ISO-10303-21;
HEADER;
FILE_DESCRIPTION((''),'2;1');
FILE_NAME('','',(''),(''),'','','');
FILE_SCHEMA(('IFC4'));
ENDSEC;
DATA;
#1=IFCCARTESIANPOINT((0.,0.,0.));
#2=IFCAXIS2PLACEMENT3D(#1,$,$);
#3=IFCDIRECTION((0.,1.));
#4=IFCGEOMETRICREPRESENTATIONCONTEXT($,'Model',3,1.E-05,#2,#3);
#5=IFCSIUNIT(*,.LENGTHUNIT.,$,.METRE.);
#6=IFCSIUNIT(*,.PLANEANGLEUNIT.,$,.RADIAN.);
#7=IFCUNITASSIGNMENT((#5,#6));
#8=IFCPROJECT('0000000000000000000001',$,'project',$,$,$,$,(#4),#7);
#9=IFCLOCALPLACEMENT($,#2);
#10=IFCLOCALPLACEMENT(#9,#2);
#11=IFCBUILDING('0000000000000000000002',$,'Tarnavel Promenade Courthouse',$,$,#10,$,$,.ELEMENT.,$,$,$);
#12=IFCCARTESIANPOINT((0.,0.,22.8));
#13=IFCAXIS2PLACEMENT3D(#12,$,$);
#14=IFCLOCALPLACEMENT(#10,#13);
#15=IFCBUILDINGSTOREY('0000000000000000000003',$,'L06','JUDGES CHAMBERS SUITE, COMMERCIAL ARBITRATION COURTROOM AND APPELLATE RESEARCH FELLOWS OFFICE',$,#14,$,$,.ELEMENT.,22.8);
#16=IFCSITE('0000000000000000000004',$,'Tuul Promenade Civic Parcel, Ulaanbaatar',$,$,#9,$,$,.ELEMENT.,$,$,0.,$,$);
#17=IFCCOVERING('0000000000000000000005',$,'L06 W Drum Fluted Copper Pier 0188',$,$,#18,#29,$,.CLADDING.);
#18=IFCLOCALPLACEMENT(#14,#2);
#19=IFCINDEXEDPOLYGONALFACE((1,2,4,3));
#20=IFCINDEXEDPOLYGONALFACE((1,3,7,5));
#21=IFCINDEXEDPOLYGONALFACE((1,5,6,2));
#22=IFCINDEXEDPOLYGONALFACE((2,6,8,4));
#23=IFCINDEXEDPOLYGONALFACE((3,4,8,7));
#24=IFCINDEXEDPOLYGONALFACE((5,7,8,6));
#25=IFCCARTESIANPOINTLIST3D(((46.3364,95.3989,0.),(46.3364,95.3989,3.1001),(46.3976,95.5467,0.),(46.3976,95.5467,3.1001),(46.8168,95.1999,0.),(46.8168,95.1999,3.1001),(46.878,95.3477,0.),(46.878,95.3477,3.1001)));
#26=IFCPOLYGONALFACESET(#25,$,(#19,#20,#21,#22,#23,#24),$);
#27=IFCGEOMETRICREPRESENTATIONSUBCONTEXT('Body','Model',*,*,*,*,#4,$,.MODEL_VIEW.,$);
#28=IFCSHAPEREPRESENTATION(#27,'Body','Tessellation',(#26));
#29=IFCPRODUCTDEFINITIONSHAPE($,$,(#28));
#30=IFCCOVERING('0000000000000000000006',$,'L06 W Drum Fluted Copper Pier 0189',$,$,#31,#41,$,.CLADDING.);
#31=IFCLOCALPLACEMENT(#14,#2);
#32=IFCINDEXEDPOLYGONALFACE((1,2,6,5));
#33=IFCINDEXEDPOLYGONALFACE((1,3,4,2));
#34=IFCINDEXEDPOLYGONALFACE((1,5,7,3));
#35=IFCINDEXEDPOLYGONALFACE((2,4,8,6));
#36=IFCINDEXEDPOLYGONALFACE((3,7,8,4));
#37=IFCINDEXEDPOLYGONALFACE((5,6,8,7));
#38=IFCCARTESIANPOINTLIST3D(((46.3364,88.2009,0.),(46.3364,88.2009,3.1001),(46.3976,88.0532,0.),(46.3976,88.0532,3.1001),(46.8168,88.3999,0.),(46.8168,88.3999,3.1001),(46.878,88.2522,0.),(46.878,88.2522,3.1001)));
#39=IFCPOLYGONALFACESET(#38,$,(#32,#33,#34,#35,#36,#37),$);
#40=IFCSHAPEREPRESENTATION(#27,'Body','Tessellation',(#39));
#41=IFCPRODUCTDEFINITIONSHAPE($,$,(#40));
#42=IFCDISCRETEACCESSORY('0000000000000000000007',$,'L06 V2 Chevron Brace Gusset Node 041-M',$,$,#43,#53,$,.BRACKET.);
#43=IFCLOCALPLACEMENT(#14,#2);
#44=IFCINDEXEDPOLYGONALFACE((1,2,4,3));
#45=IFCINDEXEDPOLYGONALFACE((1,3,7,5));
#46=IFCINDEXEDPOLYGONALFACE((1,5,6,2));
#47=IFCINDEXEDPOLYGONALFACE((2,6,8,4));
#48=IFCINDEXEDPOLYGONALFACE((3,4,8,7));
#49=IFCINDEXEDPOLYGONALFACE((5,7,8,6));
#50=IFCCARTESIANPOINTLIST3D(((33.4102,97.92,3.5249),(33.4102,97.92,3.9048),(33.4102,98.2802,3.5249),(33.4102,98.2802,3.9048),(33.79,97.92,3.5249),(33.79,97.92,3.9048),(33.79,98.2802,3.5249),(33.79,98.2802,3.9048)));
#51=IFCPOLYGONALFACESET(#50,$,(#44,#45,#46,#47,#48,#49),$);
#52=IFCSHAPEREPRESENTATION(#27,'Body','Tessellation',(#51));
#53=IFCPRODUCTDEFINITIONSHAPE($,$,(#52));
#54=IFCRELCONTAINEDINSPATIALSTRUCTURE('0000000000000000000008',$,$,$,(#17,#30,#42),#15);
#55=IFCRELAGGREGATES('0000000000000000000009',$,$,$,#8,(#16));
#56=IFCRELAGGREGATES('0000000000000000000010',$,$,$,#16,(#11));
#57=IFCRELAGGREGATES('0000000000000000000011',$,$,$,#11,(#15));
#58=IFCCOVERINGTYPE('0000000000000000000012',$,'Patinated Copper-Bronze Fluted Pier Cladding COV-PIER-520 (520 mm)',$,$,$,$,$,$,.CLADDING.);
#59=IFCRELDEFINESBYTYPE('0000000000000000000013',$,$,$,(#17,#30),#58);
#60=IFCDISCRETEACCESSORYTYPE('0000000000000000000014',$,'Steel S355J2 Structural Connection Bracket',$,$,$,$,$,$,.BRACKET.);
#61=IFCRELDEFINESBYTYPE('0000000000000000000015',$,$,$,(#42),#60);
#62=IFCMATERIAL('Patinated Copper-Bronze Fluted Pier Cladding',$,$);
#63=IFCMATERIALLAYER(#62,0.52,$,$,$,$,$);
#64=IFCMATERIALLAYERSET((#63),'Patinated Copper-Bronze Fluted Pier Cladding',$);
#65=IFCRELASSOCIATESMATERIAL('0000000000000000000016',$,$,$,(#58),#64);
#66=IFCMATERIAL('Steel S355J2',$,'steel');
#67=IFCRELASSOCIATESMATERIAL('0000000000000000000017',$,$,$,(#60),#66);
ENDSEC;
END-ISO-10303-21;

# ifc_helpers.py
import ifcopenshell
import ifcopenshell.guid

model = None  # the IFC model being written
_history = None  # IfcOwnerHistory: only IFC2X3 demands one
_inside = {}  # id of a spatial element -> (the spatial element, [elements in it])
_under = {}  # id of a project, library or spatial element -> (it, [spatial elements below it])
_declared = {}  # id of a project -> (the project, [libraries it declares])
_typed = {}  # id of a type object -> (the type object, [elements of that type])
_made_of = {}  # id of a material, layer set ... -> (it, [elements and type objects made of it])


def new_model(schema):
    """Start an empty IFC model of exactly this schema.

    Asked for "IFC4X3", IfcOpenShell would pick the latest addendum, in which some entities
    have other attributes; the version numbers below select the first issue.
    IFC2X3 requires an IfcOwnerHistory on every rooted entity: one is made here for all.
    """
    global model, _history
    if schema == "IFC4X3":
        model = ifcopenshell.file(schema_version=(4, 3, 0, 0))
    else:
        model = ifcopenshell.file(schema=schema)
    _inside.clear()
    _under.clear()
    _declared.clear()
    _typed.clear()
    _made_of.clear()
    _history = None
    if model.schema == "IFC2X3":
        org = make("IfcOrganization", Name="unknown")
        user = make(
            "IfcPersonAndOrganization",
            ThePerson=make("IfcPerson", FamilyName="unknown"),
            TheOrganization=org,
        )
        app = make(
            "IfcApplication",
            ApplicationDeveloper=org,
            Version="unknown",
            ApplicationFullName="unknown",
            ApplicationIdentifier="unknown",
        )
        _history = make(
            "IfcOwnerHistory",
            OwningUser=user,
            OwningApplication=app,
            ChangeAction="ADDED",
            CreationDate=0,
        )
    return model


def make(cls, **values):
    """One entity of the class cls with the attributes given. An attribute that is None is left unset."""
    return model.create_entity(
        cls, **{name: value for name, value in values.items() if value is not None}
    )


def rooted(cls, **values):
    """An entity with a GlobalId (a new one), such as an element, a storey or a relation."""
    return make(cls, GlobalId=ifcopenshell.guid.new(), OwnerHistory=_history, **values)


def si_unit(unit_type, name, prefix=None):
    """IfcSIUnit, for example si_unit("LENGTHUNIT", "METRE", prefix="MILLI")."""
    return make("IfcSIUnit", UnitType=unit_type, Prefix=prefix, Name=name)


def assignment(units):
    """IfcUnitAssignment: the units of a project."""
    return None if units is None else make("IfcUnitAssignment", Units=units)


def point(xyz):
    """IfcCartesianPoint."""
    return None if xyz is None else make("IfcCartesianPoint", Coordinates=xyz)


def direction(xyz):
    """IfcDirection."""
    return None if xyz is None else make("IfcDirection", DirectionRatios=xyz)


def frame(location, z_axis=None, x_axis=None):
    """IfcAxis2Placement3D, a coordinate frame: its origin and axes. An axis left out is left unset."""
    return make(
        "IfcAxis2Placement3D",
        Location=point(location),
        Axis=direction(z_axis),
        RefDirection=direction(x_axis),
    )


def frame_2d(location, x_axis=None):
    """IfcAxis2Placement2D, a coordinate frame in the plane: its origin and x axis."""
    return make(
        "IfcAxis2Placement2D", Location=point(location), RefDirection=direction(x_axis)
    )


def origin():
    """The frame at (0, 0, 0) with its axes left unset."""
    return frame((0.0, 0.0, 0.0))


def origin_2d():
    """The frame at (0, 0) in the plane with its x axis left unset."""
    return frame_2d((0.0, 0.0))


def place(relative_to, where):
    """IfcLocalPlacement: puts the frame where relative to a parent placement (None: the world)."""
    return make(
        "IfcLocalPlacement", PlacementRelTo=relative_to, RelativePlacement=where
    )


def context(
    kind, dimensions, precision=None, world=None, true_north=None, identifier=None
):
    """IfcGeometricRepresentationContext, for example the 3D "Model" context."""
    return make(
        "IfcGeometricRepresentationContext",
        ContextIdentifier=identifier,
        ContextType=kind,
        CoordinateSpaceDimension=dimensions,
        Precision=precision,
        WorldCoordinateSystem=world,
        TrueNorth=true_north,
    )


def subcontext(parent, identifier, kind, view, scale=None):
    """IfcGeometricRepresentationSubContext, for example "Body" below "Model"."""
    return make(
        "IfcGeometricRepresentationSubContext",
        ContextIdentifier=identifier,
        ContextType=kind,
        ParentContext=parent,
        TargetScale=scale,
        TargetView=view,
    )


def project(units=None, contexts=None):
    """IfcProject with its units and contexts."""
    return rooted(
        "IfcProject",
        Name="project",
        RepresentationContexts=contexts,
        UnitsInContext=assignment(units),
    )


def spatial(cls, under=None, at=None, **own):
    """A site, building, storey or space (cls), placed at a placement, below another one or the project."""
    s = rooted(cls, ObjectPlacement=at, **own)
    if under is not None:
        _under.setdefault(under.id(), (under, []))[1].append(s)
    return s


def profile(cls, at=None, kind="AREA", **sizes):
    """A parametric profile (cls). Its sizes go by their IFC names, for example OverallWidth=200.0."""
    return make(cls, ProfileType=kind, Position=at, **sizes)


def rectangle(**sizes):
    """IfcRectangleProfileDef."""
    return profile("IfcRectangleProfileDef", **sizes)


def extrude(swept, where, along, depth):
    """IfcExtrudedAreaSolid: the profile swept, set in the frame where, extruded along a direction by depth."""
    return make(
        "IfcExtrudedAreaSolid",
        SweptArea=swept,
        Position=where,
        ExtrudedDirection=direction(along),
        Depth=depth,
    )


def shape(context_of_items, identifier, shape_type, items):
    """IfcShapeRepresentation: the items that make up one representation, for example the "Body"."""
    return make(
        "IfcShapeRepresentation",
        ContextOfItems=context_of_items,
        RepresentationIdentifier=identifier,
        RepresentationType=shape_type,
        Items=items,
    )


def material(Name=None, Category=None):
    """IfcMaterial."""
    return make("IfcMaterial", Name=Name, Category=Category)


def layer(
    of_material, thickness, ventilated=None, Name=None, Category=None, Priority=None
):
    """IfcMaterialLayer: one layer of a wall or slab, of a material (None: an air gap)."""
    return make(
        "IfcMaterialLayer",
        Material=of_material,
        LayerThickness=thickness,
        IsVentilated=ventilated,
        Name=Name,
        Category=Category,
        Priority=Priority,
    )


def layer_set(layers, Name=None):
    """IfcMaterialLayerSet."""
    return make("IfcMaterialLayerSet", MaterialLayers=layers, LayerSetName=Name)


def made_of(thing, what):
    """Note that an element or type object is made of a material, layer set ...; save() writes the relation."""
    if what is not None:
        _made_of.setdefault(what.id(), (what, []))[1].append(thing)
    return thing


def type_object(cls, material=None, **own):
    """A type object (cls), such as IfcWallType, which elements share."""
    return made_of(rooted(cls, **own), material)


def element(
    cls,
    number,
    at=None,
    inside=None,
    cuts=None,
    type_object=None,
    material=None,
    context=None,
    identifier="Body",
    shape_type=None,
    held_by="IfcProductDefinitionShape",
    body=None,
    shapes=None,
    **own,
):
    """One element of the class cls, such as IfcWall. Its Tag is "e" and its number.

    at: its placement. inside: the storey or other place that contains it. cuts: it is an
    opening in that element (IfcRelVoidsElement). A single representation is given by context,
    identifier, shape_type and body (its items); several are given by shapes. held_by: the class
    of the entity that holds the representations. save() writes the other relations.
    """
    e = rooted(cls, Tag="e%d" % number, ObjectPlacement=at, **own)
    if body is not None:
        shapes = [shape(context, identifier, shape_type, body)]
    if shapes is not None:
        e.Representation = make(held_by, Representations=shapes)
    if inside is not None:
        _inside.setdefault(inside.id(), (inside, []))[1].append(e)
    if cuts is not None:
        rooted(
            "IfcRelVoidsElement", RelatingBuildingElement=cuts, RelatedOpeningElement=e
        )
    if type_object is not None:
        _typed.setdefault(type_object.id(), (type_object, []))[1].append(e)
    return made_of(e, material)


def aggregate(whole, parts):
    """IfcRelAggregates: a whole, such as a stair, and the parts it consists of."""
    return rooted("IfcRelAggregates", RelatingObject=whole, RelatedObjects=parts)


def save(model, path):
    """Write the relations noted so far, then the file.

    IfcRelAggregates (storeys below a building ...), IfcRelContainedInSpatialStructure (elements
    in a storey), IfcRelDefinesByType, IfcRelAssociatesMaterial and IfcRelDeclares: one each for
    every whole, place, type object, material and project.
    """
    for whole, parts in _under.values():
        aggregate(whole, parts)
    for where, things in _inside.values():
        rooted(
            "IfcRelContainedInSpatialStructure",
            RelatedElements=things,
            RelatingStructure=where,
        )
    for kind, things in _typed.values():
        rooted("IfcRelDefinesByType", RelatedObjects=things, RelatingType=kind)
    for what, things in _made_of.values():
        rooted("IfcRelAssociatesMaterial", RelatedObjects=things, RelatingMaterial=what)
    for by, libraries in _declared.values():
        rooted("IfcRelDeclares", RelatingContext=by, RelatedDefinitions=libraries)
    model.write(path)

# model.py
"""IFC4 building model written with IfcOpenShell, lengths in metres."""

from ifc_helpers import new_model, si_unit, direction, frame, origin, origin_2d, place, context, subcontext, project, spatial, rectangle, extrude, material, layer, layer_set, type_object, element, save


model = new_model("IFC4")

# Units and contexts
model_context = context("Model", 3, precision=1e-05, world=origin(), true_north=direction((0.0, 1.0)))
body_context = subcontext(model_context, "Body", "Model", "MODEL_VIEW")
ifc_project = project(units=[si_unit("LENGTHUNIT", "METRE"), si_unit("PLANEANGLEUNIT", "RADIAN")], contexts=[model_context])

# Site, building, storey
site_placement = place(None, origin())
site = spatial("IfcSite", under=ifc_project, at=site_placement, Name="Tuul Promenade Civic Parcel, Ulaanbaatar", CompositionType="ELEMENT", RefElevation=0.0)
building_placement = place(site_placement, origin())
building = spatial("IfcBuilding", under=site, at=building_placement, Name="Tarnavel Promenade Courthouse", CompositionType="ELEMENT")
storey_placement = place(building_placement, frame((0.0, 0.0, 22.8)))
storey = spatial("IfcBuildingStorey", under=building, at=storey_placement, Name="L06", Description="JUDGES CHAMBERS SUITE, COMMERCIAL ARBITRATION COURTROOM AND APPELLATE RESEARCH FELLOWS OFFICE", CompositionType="ELEMENT", Elevation=22.8)

# Shared definitions
ifc_material_1 = material(Name="Steel S355J2", Category="steel")

# Coverings
ifc_material_2 = material(Name="Patinated Copper-Bronze Fluted Pier Cladding")
ifc_layer_1 = layer(ifc_material_2, 0.52)
ifc_layer_set_1 = layer_set([ifc_layer_1], Name="Patinated Copper-Bronze Fluted Pier Cladding")
covering_type = type_object("IfcCoveringType", Name="Patinated Copper-Bronze Fluted Pier Cladding COV-PIER-520 (520 mm)", PredefinedType="CLADDING", material=ifc_layer_set_1)
for number, where, z_axis, x_axis, name in (
    (1, (46.6072, 95.3733, 0.0), (0.0, 0.0, 1.0), (-0.382683, -0.92388, 0.0), "L06 W Drum Fluted Copper Pier 0188"),
    (2, (46.6072, 88.2266, 0.0), (0.0, 0.0, 1.0), (0.382683, -0.92388, 0.0), "L06 W Drum Fluted Copper Pier 0189"),
):
    element("IfcCovering", number, at=place(storey_placement, frame(where, z_axis=z_axis, x_axis=x_axis)), inside=storey, type_object=covering_type, Name=name, PredefinedType="CLADDING", context=body_context, shape_type="SweptSolid", body=[
        extrude(rectangle(XDim=0.1599, YDim=0.52, at=origin_2d()), origin(), (0.0, 0.0, 1.0), 3.1001),
    ])

# Discrete accessory
discrete_accessory_type = type_object("IfcDiscreteAccessoryType", Name="Steel S355J2 Structural Connection Bracket", PredefinedType="BRACKET", material=ifc_material_1)
discrete_accessory_placement = place(storey_placement, frame((33.6001, 98.1001, 3.5249), z_axis=(0.0, 0.0, 1.0), x_axis=(1.0, 0.0, 0.0)))
element("IfcDiscreteAccessory", 3, at=discrete_accessory_placement, inside=storey, type_object=discrete_accessory_type, Name="L06 V2 Chevron Brace Gusset Node 041-M", PredefinedType="BRACKET", context=body_context, shape_type="SweptSolid", body=[
    extrude(rectangle(XDim=0.3799, YDim=0.3601, at=origin_2d()), origin(), (0.0, 0.0, 1.0), 0.3799),
])

save(model, "model.ifc")
